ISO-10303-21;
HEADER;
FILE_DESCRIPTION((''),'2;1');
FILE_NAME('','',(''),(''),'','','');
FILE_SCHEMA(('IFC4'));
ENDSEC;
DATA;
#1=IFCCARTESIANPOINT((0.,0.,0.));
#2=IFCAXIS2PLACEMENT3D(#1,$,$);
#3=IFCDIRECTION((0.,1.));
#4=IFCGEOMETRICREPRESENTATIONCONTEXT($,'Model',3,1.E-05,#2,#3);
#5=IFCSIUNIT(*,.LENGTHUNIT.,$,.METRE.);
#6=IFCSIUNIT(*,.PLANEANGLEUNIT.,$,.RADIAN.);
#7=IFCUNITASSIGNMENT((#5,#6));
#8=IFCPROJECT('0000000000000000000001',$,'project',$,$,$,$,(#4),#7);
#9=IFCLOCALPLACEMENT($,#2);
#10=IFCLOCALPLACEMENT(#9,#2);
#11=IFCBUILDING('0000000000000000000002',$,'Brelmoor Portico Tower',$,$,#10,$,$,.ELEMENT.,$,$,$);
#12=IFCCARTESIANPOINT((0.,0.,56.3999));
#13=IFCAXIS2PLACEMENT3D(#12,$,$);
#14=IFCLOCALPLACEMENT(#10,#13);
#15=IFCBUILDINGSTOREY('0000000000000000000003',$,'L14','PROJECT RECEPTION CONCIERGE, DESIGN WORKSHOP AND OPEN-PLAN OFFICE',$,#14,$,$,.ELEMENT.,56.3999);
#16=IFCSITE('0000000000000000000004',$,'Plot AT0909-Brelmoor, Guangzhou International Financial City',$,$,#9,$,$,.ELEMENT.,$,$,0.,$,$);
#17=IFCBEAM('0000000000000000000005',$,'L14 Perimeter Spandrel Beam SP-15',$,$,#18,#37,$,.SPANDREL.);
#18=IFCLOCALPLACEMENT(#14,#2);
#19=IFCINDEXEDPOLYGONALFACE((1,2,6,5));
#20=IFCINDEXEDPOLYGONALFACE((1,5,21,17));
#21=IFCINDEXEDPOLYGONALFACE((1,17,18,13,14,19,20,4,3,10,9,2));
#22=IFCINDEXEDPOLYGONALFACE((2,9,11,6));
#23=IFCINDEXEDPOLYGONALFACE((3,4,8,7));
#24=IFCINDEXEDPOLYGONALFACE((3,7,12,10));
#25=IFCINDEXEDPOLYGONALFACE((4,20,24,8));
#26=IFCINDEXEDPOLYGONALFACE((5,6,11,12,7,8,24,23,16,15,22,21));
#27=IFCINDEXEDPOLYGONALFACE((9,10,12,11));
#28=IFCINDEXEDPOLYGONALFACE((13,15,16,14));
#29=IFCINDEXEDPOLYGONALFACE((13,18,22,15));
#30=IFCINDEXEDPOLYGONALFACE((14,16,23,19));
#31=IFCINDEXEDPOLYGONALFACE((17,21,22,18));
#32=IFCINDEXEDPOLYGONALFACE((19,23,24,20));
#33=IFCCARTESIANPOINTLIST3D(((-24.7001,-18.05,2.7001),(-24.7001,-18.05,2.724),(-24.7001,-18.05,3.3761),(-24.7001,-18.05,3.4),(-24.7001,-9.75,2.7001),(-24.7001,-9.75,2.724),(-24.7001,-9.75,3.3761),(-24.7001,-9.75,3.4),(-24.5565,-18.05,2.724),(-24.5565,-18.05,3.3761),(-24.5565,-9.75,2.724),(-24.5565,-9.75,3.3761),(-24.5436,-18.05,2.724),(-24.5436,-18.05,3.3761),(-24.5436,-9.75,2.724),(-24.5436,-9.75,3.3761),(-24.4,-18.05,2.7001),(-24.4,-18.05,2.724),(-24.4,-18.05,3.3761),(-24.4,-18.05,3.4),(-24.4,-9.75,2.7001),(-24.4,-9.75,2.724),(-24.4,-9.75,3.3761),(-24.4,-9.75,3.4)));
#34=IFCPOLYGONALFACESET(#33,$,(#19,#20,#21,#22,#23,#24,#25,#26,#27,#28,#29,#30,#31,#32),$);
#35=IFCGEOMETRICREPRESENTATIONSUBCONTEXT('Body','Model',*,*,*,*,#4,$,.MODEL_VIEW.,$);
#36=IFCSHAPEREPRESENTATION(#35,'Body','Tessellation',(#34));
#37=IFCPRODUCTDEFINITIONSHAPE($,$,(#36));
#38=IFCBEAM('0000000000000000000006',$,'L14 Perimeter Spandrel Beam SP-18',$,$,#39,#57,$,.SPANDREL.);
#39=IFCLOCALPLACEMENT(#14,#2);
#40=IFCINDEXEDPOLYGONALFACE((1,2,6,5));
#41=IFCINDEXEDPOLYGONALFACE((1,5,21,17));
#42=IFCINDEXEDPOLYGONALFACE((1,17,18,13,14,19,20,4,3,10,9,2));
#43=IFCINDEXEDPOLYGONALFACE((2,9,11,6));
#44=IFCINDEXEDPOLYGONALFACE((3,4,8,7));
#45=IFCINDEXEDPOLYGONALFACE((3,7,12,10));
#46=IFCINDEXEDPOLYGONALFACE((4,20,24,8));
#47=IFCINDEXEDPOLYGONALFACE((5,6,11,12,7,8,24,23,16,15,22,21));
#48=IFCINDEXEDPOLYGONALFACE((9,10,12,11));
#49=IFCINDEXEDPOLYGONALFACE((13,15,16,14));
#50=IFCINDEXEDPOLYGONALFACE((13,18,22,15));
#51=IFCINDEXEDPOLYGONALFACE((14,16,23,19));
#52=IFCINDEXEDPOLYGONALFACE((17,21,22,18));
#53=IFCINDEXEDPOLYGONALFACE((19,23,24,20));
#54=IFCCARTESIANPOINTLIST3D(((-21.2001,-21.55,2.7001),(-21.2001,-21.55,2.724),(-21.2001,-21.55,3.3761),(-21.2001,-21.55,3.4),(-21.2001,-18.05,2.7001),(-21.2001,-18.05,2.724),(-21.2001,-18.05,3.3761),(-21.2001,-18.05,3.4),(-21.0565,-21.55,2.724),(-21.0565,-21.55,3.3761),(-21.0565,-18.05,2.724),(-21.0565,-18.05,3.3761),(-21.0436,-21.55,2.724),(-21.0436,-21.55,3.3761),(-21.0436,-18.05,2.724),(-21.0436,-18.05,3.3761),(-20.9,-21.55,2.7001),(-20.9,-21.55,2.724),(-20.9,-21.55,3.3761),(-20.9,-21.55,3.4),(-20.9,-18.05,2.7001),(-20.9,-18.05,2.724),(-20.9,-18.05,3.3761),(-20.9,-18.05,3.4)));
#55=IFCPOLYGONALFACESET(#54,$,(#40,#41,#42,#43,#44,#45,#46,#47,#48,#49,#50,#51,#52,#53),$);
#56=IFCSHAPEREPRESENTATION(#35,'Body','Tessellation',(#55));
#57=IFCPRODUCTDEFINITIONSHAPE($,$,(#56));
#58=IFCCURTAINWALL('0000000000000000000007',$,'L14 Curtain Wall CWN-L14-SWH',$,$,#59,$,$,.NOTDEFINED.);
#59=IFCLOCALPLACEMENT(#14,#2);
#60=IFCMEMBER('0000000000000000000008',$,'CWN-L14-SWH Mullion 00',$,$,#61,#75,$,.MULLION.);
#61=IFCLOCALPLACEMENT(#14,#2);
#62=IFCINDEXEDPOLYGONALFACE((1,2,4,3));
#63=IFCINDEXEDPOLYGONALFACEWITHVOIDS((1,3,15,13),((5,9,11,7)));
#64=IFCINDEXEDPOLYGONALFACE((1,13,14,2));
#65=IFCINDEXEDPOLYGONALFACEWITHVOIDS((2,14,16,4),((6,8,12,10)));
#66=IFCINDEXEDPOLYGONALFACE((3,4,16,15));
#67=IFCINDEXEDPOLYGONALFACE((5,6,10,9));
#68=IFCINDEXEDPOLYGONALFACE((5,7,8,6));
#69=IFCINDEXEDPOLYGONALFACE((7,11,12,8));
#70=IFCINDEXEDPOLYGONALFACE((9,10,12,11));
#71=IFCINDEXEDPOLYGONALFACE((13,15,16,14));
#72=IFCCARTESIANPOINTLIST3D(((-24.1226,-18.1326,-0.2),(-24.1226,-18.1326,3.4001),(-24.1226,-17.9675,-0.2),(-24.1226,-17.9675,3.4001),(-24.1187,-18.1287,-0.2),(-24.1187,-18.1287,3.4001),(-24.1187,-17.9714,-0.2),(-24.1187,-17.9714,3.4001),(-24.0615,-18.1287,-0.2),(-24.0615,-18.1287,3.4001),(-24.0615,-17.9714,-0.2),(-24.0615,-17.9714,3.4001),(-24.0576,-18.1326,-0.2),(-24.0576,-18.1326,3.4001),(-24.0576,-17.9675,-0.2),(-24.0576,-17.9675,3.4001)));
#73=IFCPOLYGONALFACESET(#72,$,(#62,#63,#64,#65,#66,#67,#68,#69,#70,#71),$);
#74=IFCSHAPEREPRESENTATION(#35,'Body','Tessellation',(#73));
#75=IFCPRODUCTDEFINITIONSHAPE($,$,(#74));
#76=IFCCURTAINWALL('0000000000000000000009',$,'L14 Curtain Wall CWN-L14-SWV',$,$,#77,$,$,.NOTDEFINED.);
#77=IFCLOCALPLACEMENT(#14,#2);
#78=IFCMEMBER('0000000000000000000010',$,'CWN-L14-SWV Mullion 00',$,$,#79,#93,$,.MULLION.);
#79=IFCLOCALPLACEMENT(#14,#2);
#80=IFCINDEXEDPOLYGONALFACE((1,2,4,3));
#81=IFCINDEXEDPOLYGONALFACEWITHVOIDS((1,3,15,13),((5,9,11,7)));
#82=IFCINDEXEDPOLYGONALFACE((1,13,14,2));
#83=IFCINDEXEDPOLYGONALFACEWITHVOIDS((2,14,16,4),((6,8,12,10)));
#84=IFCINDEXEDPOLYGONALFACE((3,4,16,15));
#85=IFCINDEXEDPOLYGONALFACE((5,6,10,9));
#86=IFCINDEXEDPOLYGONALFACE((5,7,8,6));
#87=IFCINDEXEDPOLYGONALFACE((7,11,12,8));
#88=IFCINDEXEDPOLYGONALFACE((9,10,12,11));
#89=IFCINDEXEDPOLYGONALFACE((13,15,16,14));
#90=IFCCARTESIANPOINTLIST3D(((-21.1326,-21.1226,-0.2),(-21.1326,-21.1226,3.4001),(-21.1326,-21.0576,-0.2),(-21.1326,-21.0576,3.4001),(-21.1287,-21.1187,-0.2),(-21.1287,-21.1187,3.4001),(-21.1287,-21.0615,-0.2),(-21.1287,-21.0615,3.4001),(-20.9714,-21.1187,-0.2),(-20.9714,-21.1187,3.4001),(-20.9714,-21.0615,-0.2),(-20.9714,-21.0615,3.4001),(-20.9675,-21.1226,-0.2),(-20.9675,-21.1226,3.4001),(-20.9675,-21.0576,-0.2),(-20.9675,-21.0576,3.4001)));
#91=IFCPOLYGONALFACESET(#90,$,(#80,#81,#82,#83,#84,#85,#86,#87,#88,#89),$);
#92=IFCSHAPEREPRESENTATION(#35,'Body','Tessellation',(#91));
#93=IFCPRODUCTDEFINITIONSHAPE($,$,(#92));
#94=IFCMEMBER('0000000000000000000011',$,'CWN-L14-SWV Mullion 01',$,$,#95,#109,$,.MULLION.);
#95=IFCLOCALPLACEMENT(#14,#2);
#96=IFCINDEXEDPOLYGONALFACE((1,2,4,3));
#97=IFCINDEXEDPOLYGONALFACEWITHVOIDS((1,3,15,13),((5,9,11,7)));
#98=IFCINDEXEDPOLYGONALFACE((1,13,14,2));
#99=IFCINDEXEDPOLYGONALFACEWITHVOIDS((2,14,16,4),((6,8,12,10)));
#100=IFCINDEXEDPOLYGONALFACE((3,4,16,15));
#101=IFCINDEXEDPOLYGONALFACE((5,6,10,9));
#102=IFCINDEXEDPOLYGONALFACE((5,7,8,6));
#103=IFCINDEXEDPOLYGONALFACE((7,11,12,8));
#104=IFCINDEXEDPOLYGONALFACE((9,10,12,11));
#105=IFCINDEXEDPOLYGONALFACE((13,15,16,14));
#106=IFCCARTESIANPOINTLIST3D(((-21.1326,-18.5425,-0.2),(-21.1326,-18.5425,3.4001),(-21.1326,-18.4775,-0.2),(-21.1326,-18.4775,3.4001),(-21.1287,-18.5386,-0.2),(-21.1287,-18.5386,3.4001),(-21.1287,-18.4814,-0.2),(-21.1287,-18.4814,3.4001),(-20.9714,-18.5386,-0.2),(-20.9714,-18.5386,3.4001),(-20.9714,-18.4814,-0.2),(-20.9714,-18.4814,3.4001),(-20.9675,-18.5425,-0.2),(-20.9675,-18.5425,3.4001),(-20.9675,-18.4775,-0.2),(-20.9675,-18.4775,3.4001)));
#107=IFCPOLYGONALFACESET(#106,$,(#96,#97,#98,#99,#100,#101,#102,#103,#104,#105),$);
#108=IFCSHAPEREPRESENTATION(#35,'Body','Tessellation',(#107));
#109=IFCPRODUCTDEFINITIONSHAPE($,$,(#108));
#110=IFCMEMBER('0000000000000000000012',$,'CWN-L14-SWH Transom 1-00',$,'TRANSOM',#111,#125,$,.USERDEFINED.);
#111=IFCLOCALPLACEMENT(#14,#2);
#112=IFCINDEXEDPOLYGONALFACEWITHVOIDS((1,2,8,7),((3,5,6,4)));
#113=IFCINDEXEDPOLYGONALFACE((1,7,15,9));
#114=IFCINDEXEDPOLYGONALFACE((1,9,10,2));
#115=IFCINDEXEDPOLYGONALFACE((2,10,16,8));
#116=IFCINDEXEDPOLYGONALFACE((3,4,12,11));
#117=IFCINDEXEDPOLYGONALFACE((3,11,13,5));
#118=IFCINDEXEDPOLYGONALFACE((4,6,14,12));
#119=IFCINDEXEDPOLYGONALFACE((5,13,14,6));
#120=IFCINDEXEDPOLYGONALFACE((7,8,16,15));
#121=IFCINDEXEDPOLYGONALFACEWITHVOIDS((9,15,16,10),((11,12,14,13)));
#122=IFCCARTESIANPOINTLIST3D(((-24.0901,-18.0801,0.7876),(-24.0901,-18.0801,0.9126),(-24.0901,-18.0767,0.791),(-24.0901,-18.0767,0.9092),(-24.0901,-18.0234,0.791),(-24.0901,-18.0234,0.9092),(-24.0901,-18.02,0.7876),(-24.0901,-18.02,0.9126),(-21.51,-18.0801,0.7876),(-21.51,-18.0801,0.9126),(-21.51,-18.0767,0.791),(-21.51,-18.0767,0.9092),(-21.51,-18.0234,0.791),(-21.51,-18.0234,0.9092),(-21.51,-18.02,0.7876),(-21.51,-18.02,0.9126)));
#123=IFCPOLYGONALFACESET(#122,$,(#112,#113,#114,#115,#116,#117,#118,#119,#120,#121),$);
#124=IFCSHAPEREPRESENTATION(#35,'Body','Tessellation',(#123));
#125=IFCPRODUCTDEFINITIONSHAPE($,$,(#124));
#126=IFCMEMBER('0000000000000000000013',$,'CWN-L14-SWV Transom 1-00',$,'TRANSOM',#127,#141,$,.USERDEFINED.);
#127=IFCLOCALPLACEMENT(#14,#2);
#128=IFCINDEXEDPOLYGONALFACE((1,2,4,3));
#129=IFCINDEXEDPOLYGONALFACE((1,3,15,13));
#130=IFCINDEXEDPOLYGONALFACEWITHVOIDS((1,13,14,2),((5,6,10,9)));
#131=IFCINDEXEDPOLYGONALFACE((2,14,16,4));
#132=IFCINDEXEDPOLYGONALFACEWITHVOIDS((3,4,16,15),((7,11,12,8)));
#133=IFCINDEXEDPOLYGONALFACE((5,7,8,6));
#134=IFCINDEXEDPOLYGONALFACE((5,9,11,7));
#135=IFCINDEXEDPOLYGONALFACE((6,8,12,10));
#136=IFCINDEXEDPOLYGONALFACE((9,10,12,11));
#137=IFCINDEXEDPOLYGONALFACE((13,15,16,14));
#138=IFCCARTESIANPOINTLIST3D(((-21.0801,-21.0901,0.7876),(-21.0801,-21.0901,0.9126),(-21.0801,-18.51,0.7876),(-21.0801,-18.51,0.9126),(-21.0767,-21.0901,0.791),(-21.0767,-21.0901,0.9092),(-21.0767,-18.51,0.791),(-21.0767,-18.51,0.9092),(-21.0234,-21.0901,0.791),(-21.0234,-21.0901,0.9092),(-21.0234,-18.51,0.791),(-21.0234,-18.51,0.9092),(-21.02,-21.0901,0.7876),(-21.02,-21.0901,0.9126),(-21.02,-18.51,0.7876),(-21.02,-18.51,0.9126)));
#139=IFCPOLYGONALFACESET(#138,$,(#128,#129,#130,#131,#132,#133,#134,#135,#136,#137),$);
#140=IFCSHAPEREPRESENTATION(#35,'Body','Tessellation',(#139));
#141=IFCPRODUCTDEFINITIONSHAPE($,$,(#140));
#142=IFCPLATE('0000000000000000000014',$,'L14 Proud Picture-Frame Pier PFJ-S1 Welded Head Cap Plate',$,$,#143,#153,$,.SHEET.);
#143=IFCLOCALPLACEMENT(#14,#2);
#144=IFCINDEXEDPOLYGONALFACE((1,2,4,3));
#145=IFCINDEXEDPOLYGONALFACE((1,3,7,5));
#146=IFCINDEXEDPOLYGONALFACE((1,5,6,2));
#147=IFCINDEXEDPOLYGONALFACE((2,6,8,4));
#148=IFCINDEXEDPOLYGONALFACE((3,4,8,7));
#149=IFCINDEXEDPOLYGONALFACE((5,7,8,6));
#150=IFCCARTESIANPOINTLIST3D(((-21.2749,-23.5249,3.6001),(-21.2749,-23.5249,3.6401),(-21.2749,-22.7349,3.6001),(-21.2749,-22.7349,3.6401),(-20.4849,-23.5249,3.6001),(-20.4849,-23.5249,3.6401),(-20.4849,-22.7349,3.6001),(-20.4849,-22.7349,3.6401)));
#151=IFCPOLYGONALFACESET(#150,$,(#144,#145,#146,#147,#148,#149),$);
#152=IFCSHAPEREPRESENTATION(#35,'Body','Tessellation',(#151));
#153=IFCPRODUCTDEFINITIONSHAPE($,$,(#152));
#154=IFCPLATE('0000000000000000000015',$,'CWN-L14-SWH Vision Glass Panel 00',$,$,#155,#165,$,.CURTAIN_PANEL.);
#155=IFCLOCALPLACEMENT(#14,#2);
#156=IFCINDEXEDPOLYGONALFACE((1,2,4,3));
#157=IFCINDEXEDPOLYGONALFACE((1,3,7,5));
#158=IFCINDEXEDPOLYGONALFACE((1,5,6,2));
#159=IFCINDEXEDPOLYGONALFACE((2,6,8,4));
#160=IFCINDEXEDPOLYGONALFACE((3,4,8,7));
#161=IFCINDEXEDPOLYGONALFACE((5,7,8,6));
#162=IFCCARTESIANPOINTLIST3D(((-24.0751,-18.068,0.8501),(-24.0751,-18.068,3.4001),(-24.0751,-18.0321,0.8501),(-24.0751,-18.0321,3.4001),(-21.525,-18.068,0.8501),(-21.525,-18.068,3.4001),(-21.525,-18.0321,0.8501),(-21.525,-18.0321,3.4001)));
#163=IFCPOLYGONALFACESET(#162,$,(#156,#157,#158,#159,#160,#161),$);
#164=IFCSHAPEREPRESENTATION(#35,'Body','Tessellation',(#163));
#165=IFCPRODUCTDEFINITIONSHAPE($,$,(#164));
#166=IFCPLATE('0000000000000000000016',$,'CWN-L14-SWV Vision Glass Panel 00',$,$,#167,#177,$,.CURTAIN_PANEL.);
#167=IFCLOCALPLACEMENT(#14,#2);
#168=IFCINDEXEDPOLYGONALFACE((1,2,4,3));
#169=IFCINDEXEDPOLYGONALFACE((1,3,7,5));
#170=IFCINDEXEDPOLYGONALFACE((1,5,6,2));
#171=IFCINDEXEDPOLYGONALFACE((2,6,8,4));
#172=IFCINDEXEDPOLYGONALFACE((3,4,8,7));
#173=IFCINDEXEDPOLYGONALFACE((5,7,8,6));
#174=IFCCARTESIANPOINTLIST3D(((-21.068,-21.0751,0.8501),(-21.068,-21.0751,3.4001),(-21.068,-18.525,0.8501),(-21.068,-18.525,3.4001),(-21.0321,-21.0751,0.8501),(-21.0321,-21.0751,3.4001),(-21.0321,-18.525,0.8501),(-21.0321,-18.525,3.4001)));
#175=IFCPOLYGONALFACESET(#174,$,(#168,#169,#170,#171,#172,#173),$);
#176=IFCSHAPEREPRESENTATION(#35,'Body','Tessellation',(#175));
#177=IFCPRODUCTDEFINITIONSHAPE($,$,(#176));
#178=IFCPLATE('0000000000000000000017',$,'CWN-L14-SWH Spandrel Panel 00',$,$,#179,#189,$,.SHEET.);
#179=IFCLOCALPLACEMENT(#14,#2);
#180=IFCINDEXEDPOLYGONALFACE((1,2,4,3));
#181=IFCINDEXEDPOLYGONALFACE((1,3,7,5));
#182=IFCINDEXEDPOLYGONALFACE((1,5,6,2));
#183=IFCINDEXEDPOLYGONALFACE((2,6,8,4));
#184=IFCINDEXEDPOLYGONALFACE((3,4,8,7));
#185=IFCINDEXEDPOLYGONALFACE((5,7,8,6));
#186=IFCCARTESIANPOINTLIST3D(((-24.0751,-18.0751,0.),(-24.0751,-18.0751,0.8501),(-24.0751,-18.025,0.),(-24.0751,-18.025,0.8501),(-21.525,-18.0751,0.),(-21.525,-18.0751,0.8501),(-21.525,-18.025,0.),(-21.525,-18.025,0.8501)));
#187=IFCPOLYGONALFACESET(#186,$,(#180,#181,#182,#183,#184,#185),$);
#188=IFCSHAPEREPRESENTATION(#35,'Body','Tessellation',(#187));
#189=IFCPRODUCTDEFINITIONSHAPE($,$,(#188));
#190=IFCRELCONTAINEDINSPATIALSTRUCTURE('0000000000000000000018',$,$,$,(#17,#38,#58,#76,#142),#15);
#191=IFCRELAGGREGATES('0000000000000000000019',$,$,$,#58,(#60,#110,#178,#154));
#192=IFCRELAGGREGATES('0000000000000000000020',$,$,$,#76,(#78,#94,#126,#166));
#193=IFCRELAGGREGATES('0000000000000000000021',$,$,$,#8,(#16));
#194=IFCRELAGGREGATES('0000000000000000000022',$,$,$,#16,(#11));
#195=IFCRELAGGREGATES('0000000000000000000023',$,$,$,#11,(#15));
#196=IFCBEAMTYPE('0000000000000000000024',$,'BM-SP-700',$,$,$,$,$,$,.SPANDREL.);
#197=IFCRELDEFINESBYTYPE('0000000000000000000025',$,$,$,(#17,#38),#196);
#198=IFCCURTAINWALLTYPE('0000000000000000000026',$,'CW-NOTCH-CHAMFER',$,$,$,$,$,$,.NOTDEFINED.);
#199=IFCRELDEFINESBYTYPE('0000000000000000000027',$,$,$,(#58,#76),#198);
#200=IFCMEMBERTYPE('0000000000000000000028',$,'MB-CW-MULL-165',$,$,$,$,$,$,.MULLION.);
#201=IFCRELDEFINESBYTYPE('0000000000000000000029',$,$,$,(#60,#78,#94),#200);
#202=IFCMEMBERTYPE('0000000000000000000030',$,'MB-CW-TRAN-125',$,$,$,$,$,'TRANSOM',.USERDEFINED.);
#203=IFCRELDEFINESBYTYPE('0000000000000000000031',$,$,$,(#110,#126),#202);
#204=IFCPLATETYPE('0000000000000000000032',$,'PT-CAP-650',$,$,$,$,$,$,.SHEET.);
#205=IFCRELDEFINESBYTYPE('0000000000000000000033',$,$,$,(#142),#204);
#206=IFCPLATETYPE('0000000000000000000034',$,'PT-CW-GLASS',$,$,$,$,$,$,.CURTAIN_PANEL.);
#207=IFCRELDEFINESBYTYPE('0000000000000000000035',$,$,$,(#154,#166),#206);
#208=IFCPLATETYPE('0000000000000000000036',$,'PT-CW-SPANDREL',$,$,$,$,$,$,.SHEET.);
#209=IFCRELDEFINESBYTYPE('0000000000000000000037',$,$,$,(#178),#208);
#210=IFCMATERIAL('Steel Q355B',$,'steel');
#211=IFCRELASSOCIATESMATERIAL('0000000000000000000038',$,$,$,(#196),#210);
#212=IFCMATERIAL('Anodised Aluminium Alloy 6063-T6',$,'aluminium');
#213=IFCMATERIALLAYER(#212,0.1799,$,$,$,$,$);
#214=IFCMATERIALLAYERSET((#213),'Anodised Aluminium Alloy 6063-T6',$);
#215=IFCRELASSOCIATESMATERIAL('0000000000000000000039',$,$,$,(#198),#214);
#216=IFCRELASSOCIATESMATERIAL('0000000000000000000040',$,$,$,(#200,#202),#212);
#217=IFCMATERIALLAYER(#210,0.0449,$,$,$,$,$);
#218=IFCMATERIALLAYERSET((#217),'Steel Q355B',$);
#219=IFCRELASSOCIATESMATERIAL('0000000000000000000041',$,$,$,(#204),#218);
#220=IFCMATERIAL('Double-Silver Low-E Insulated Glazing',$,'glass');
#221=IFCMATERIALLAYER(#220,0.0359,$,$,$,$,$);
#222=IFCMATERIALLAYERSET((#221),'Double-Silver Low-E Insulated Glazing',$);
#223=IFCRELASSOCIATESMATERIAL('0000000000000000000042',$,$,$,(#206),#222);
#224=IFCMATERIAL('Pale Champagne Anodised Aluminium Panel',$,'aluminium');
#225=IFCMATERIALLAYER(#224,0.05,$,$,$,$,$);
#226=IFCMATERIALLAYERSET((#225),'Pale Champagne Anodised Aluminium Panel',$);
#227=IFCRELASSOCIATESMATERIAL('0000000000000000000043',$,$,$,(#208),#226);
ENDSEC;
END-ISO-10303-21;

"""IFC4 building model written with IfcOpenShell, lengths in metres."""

from ifc_helpers import new_model, si_unit, direction, frame, origin, origin_2d, place, context, subcontext, project, spatial, rectangle, hollow_rectangle, i_section, extrude, material, layer, layer_set, material_profile, profile_set, type_object, element, aggregate, save


model = new_model("IFC4")

# Units and contexts
model_context = context("Model", 3, precision=1e-05, world=origin(), true_north=direction((0.0, 1.0)))
body_context = subcontext(model_context, "Body", "Model", "MODEL_VIEW")
ifc_project = project(units=[si_unit("LENGTHUNIT", "METRE"), si_unit("PLANEANGLEUNIT", "RADIAN")], contexts=[model_context])

# Site, building, storey
site_placement = place(None, origin())
site = spatial("IfcSite", under=ifc_project, at=site_placement, Name="Plot AT0909-Brelmoor, Guangzhou International Financial City", CompositionType="ELEMENT", RefElevation=0.0)
building_placement = place(site_placement, origin())
building = spatial("IfcBuilding", under=site, at=building_placement, Name="Brelmoor Portico Tower", CompositionType="ELEMENT")
storey_placement = place(building_placement, frame((0.0, 0.0, 56.3999)))
storey = spatial("IfcBuildingStorey", under=building, at=storey_placement, Name="L14", Description="PROJECT RECEPTION CONCIERGE, DESIGN WORKSHOP AND OPEN-PLAN OFFICE", CompositionType="ELEMENT", Elevation=56.3999)

# Shared definitions
ifc_material_1 = material(Name="Steel Q355B", Category="steel")

# Beams
ifc_material_profile_1 = material_profile(ifc_material_1, i_section(OverallWidth=0.3, OverallDepth=0.7, WebThickness=0.0129, FlangeThickness=0.0239, at=origin_2d()), Name="HN 700x300x13x24")
ifc_profile_set_1 = profile_set([ifc_material_profile_1], Name="Steel Q355B")
beam_type_1 = type_object("IfcBeamType", Name="BM-SP-700", PredefinedType="SPANDREL", material=ifc_profile_set_1)
beam_1_placement = place(storey_placement, frame((-24.55, -18.05, 3.05), z_axis=(0.0, 1.0, 0.0), x_axis=(-1.0, 0.0, 0.0)))
element("IfcBeam", 1, at=beam_1_placement, inside=storey, type_object=beam_type_1, Name="L14 Perimeter Spandrel Beam SP-15", PredefinedType="SPANDREL", context=body_context, shape_type="SweptSolid", body=[
    extrude(i_section(OverallWidth=0.3, OverallDepth=0.7, WebThickness=0.0129, FlangeThickness=0.0239, at=origin_2d()), origin(), (0.0, 0.0, 1.0), 8.3),
])
beam_2_placement = place(storey_placement, frame((-21.05, -21.55, 3.05), z_axis=(0.0, 1.0, 0.0), x_axis=(-1.0, 0.0, 0.0)))
element("IfcBeam", 2, at=beam_2_placement, inside=storey, type_object=beam_type_1, Name="L14 Perimeter Spandrel Beam SP-18", PredefinedType="SPANDREL", context=body_context, shape_type="SweptSolid", body=[
    extrude(i_section(OverallWidth=0.3, OverallDepth=0.7, WebThickness=0.0129, FlangeThickness=0.0239, at=origin_2d()), origin(), (0.0, 0.0, 1.0), 3.5),
])

# Curtain wall, member
ifc_material_2 = material(Name="Anodised Aluminium Alloy 6063-T6", Category="aluminium")
ifc_layer_1 = layer(ifc_material_2, 0.1799)
ifc_layer_set_1 = layer_set([ifc_layer_1], Name="Anodised Aluminium Alloy 6063-T6")
curtain_wall_type = type_object("IfcCurtainWallType", Name="CW-NOTCH-CHAMFER", PredefinedType="NOTDEFINED", material=ifc_layer_set_1)
curtain_wall_1_placement = place(storey_placement, origin())
curtain_wall_1 = element("IfcCurtainWall", 3, at=curtain_wall_1_placement, inside=storey, type_object=curtain_wall_type, Name="L14 Curtain Wall CWN-L14-SWH", PredefinedType="NOTDEFINED")
ifc_material_profile_2 = material_profile(ifc_material_2, hollow_rectangle(XDim=0.0649, YDim=0.165, WallThickness=0.0039, at=origin_2d()), Name="ALU MULLION 65x165")
ifc_profile_set_2 = profile_set([ifc_material_profile_2], Name="Anodised Aluminium Alloy 6063-T6")
member_type_1 = type_object("IfcMemberType", Name="MB-CW-MULL-165", PredefinedType="MULLION", material=ifc_profile_set_2)
member_1_placement = place(storey_placement, frame((-24.0901, -18.05, -0.2), z_axis=(0.0, 0.0, 1.0), x_axis=(1.0, 0.0, 0.0)))
member_1 = element("IfcMember", 4, at=member_1_placement, type_object=member_type_1, Name="CWN-L14-SWH Mullion 00", PredefinedType="MULLION", context=body_context, shape_type="SweptSolid", body=[
    extrude(hollow_rectangle(XDim=0.0649, YDim=0.165, WallThickness=0.0039, at=origin_2d()), origin(), (0.0, 0.0, 1.0), 3.6001),
])

# Curtain wall, members
curtain_wall_2_placement = place(storey_placement, origin())
curtain_wall_2 = element("IfcCurtainWall", 5, at=curtain_wall_2_placement, inside=storey, type_object=curtain_wall_type, Name="L14 Curtain Wall CWN-L14-SWV", PredefinedType="NOTDEFINED")
member_2_placement = place(storey_placement, frame((-21.05, -21.0901, -0.2), z_axis=(0.0, 0.0, 1.0), x_axis=(0.0, 1.0, 0.0)))
member_2 = element("IfcMember", 6, at=member_2_placement, type_object=member_type_1, Name="CWN-L14-SWV Mullion 00", PredefinedType="MULLION", context=body_context, shape_type="SweptSolid", body=[
    extrude(hollow_rectangle(XDim=0.0649, YDim=0.165, WallThickness=0.0039, at=origin_2d()), origin(), (0.0, 0.0, 1.0), 3.6001),
])
member_3_placement = place(storey_placement, frame((-21.05, -18.51, -0.2), z_axis=(0.0, 0.0, 1.0), x_axis=(0.0, 1.0, 0.0)))
member_3 = element("IfcMember", 7, at=member_3_placement, type_object=member_type_1, Name="CWN-L14-SWV Mullion 01", PredefinedType="MULLION", context=body_context, shape_type="SweptSolid", body=[
    extrude(hollow_rectangle(XDim=0.0649, YDim=0.165, WallThickness=0.0039, at=origin_2d()), origin(), (0.0, 0.0, 1.0), 3.6001),
])

# Members
ifc_material_profile_3 = material_profile(ifc_material_2, hollow_rectangle(XDim=0.0601, YDim=0.125, WallThickness=0.0034, at=origin_2d()), Name="ALU TRANSOM 60x125")
ifc_profile_set_3 = profile_set([ifc_material_profile_3], Name="Anodised Aluminium Alloy 6063-T6")
member_type_2 = type_object("IfcMemberType", Name="MB-CW-TRAN-125", ElementType="TRANSOM", PredefinedType="USERDEFINED", material=ifc_profile_set_3)
member_4_placement = place(storey_placement, frame((-24.0901, -18.05, 0.8501), z_axis=(1.0, 0.0, 0.0), x_axis=(0.0, 1.0, 0.0)))
member_4 = element("IfcMember", 8, at=member_4_placement, type_object=member_type_2, Name="CWN-L14-SWH Transom 1-00", ObjectType="TRANSOM", PredefinedType="USERDEFINED", context=body_context, shape_type="SweptSolid", body=[
    extrude(hollow_rectangle(XDim=0.0601, YDim=0.125, WallThickness=0.0034, at=origin_2d()), origin(), (0.0, 0.0, 1.0), 2.5801),
])
member_5_placement = place(storey_placement, frame((-21.05, -21.0901, 0.8501), z_axis=(0.0, 1.0, 0.0), x_axis=(-1.0, 0.0, 0.0)))
member_5 = element("IfcMember", 9, at=member_5_placement, type_object=member_type_2, Name="CWN-L14-SWV Transom 1-00", ObjectType="TRANSOM", PredefinedType="USERDEFINED", context=body_context, shape_type="SweptSolid", body=[
    extrude(hollow_rectangle(XDim=0.0601, YDim=0.125, WallThickness=0.0034, at=origin_2d()), origin(), (0.0, 0.0, 1.0), 2.5801),
])

# Plates
ifc_layer_2 = layer(ifc_material_1, 0.0449)
ifc_layer_set_2 = layer_set([ifc_layer_2], Name="Steel Q355B")
plate_type_1 = type_object("IfcPlateType", Name="PT-CAP-650", PredefinedType="SHEET", material=ifc_layer_set_2)
plate_1_placement = place(storey_placement, frame((-20.8799, -23.1299, 3.6001), z_axis=(0.0, 0.0, 1.0), x_axis=(1.0, 0.0, 0.0)))
element("IfcPlate", 10, at=plate_1_placement, inside=storey, type_object=plate_type_1, Name="L14 Proud Picture-Frame Pier PFJ-S1 Welded Head Cap Plate", PredefinedType="SHEET", context=body_context, shape_type="SweptSolid", body=[
    extrude(rectangle(XDim=0.79, YDim=0.79, at=origin_2d()), origin(), (0.0, 0.0, 1.0), 0.04),
])
ifc_material_3 = material(Name="Double-Silver Low-E Insulated Glazing", Category="glass")
ifc_layer_3 = layer(ifc_material_3, 0.0359)
ifc_layer_set_3 = layer_set([ifc_layer_3], Name="Double-Silver Low-E Insulated Glazing")
plate_type_2 = type_object("IfcPlateType", Name="PT-CW-GLASS", PredefinedType="CURTAIN_PANEL", material=ifc_layer_set_3)
plate_2_placement = place(storey_placement, frame((-22.8, -18.05, 0.8501), z_axis=(0.0, 0.0, 1.0), x_axis=(1.0, 0.0, 0.0)))
plate_2 = element("IfcPlate", 11, at=plate_2_placement, type_object=plate_type_2, Name="CWN-L14-SWH Vision Glass Panel 00", PredefinedType="CURTAIN_PANEL", context=body_context, shape_type="SweptSolid", body=[
    extrude(rectangle(XDim=2.55, YDim=0.0359, at=origin_2d()), origin(), (0.0, 0.0, 1.0), 2.55),
])
plate_3_placement = place(storey_placement, frame((-21.05, -19.8, 0.8501), z_axis=(0.0, 0.0, 1.0), x_axis=(0.0, 1.0, 0.0)))
plate_3 = element("IfcPlate", 12, at=plate_3_placement, type_object=plate_type_2, Name="CWN-L14-SWV Vision Glass Panel 00", PredefinedType="CURTAIN_PANEL", context=body_context, shape_type="SweptSolid", body=[
    extrude(rectangle(XDim=2.55, YDim=0.0359, at=origin_2d()), origin(), (0.0, 0.0, 1.0), 2.55),
])
ifc_material_4 = material(Name="Pale Champagne Anodised Aluminium Panel", Category="aluminium")
ifc_layer_4 = layer(ifc_material_4, 0.05)
ifc_layer_set_4 = layer_set([ifc_layer_4], Name="Pale Champagne Anodised Aluminium Panel")
plate_type_3 = type_object("IfcPlateType", Name="PT-CW-SPANDREL", PredefinedType="SHEET", material=ifc_layer_set_4)
plate_4_placement = place(storey_placement, frame((-22.8, -18.05, 0.0), z_axis=(0.0, 0.0, 1.0), x_axis=(1.0, 0.0, 0.0)))
plate_4 = element("IfcPlate", 13, at=plate_4_placement, type_object=plate_type_3, Name="CWN-L14-SWH Spandrel Panel 00", PredefinedType="SHEET", context=body_context, shape_type="SweptSolid", body=[
    extrude(rectangle(XDim=2.55, YDim=0.05, at=origin_2d()), origin(), (0.0, 0.0, 1.0), 0.8501),
])
aggregate(curtain_wall_1, [member_1, member_4, plate_4, plate_2])
aggregate(curtain_wall_2, [member_2, member_3, member_5, plate_3])

save(model, "model.ifc")
